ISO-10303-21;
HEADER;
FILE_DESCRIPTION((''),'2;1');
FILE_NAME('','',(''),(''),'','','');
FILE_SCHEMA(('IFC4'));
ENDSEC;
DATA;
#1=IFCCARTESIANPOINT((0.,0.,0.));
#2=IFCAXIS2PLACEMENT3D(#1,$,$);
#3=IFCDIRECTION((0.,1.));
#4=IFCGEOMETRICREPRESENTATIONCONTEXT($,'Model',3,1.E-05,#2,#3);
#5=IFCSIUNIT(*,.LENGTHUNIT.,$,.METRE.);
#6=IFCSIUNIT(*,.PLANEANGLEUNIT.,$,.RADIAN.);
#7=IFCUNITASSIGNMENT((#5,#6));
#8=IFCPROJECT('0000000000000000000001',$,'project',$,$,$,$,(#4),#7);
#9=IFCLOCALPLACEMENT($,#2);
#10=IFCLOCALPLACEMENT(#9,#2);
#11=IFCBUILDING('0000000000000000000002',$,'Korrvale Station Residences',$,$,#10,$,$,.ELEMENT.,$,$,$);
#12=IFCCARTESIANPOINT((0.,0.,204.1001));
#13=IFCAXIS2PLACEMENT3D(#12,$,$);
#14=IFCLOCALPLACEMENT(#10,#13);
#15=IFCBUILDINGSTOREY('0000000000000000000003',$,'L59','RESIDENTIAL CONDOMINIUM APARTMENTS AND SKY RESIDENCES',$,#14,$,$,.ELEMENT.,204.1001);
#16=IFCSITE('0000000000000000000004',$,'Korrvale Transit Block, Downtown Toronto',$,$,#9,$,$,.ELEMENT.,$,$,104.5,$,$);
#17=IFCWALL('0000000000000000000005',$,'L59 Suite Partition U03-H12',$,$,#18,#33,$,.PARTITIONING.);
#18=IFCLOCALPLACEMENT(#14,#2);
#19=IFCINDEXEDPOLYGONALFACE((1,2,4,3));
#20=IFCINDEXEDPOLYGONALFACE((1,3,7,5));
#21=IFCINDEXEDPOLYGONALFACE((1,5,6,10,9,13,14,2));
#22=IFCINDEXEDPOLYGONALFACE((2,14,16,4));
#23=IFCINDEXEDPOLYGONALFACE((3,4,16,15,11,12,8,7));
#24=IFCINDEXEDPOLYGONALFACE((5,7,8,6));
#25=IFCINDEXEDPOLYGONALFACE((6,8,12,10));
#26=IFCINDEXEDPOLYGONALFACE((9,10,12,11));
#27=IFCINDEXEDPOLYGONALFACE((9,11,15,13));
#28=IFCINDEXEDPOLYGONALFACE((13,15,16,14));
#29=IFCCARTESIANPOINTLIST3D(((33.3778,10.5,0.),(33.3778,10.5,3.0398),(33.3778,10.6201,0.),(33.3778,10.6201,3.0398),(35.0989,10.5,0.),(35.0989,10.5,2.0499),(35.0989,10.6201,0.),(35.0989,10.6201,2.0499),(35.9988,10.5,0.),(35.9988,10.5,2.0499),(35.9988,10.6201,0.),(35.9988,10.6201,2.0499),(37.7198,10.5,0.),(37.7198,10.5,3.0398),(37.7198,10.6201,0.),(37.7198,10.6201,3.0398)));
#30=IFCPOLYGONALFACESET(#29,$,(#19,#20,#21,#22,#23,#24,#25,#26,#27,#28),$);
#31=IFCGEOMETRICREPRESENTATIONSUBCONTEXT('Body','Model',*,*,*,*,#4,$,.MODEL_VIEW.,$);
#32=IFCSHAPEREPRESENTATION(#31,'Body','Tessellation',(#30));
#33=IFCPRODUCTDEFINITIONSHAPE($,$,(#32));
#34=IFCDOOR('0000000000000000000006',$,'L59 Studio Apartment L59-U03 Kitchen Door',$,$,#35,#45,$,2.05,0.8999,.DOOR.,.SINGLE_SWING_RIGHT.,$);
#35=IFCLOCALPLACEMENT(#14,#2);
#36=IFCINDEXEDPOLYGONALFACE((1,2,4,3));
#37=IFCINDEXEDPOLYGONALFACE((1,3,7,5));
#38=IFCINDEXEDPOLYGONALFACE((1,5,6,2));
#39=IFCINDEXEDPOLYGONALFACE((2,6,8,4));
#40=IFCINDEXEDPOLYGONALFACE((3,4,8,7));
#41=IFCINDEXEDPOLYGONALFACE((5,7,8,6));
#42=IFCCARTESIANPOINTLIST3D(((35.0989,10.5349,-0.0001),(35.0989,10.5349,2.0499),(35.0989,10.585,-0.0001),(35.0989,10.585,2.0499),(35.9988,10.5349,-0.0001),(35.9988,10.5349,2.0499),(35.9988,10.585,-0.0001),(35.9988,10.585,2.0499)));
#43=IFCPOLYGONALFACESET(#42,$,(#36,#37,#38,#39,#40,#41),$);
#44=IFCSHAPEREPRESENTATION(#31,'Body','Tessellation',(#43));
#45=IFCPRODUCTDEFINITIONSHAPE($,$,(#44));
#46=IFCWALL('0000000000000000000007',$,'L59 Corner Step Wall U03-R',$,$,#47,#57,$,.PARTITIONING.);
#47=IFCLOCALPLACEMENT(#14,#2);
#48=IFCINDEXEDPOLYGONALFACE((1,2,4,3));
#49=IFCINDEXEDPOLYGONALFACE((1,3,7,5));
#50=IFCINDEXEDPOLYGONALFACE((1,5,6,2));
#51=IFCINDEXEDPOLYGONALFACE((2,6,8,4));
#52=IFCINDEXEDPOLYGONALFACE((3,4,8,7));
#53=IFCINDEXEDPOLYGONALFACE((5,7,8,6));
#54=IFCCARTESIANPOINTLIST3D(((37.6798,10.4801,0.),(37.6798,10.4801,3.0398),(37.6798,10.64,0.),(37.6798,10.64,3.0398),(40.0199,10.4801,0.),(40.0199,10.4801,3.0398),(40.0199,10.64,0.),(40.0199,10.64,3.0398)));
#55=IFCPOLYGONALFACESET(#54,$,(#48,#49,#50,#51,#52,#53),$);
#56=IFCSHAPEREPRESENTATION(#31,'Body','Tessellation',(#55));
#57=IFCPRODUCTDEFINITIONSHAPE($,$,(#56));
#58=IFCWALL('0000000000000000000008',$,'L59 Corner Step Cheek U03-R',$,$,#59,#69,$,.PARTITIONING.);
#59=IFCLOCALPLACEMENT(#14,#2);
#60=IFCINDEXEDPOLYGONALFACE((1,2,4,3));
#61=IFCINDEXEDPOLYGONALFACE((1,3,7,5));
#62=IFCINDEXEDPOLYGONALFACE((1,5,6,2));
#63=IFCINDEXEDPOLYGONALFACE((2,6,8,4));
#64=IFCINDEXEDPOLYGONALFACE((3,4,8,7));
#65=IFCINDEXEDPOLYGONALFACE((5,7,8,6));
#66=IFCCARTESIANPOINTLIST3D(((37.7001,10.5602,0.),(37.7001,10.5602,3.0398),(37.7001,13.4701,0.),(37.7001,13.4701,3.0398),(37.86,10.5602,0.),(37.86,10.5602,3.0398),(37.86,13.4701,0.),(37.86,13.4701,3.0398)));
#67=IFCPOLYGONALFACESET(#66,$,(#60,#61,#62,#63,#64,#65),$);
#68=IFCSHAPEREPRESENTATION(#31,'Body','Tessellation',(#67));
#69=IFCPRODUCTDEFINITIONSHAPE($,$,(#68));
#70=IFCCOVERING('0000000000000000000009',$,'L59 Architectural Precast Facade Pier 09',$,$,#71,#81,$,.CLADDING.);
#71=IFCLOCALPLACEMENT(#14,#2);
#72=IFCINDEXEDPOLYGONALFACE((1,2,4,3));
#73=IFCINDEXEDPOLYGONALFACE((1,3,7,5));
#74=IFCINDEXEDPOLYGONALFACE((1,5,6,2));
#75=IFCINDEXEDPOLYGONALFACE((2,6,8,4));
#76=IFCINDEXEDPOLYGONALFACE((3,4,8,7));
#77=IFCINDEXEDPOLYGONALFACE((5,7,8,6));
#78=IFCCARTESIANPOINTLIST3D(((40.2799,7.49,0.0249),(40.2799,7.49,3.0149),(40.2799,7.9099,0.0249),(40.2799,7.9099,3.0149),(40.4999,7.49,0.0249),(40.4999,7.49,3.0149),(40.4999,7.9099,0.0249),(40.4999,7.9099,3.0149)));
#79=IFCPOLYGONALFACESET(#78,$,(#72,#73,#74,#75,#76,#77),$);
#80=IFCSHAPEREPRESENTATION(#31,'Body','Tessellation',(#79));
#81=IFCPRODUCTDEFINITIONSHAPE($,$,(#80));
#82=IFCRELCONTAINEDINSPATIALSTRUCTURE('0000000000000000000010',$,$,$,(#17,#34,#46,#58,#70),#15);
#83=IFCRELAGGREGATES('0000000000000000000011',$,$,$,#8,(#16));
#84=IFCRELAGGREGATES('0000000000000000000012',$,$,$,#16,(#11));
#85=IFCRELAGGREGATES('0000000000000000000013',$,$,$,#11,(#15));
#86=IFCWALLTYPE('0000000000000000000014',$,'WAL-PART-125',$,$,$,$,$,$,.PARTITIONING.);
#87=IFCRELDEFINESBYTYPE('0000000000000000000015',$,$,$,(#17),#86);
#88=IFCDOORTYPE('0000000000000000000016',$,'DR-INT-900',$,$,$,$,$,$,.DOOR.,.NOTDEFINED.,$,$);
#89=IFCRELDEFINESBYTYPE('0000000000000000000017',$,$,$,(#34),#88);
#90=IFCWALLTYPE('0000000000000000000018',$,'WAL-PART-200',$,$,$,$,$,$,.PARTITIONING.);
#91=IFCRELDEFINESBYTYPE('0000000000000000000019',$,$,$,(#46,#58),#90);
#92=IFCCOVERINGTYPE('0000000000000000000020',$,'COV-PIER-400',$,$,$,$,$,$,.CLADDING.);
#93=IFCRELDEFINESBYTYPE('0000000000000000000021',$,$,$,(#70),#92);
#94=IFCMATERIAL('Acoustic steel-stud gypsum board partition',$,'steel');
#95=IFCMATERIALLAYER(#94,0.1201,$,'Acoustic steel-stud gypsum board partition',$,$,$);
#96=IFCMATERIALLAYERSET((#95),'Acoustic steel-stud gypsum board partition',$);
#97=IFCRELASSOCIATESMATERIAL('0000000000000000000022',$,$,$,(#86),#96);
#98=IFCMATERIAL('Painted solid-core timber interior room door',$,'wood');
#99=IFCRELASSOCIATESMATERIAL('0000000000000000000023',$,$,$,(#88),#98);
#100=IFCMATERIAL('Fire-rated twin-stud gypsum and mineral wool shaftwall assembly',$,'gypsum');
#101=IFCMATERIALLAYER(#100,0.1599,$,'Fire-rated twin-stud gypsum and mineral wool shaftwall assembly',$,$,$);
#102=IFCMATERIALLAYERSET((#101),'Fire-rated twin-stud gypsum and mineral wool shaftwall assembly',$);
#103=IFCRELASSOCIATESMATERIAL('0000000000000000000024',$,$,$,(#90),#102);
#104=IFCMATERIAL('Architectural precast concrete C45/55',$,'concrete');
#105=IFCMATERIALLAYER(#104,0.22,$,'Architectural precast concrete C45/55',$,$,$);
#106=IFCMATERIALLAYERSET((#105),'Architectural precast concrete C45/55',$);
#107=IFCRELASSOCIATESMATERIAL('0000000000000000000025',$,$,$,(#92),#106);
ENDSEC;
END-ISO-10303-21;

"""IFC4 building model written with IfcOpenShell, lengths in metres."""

from ifc_helpers import new_model, si_unit, direction, frame, frame_2d, origin, origin_2d, place, context, subcontext, project, spatial, rectangle, extrude, material, layer, layer_set, type_object, element, fill, save


model = new_model("IFC4")

# Units and contexts
model_context = context("Model", 3, precision=1e-05, world=origin(), true_north=direction((0.0, 1.0)))
body_context = subcontext(model_context, "Body", "Model", "MODEL_VIEW")
ifc_project = project(units=[si_unit("LENGTHUNIT", "METRE"), si_unit("PLANEANGLEUNIT", "RADIAN")], contexts=[model_context])

# Site, building, storey
site_placement = place(None, origin())
site = spatial("IfcSite", under=ifc_project, at=site_placement, Name="Korrvale Transit Block, Downtown Toronto", CompositionType="ELEMENT", RefElevation=104.5)
building_placement = place(site_placement, origin())
building = spatial("IfcBuilding", under=site, at=building_placement, Name="Korrvale Station Residences", CompositionType="ELEMENT")
storey_placement = place(building_placement, frame((0.0, 0.0, 204.1001)))
storey = spatial("IfcBuildingStorey", under=building, at=storey_placement, Name="L59", Description="RESIDENTIAL CONDOMINIUM APARTMENTS AND SKY RESIDENCES", CompositionType="ELEMENT", Elevation=204.1001)

# Wall, opening, door
ifc_material_1 = material(Name="Acoustic steel-stud gypsum board partition", Category="steel")
ifc_layer_1 = layer(ifc_material_1, 0.1201, Name="Acoustic steel-stud gypsum board partition")
ifc_layer_set_1 = layer_set([ifc_layer_1], Name="Acoustic steel-stud gypsum board partition")
wall_type_1 = type_object("IfcWallType", Name="WAL-PART-125", PredefinedType="PARTITIONING", material=ifc_layer_set_1)
wall_1_placement = place(storey_placement, frame((33.3779, 10.5601, 0.0), z_axis=(0.0, 0.0, 1.0), x_axis=(1.0, 0.0, 0.0)))
wall_1 = element("IfcWall", 1, at=wall_1_placement, inside=storey, type_object=wall_type_1, Name="L59 Suite Partition U03-H12", PredefinedType="PARTITIONING", context=body_context, shape_type="SweptSolid", body=[
    extrude(rectangle(XDim=4.342, YDim=0.1201, at=frame_2d((2.1709, 0.0))), origin(), (0.0, 0.0, 1.0), 3.0398),
])
opening_1_placement = place(wall_1_placement, frame((1.7209, 0.0, 0.0)))
opening_1 = element("IfcOpeningElement", 2, at=opening_1_placement, cuts=wall_1, PredefinedType="OPENING", context=body_context, shape_type="SweptSolid", body=[
    extrude(rectangle(XDim=0.8999, YDim=2.05, at=frame_2d((0.45, 1.0249))), frame((0.0, 0.0701, 0.0), z_axis=(0.0, -1.0, 0.0), x_axis=(1.0, 0.0, 0.0)), (0.0, 0.0, 1.0), 0.1401),
])
ifc_material_2 = material(Name="Painted solid-core timber interior room door", Category="wood")
door_type_1 = type_object("IfcDoorType", Name="DR-INT-900", OperationType="NOTDEFINED", PredefinedType="DOOR", material=ifc_material_2)
door_1_placement = place(opening_1_placement, origin())
door_1 = element("IfcDoor", 3, at=door_1_placement, inside=storey, type_object=door_type_1, Name="L59 Studio Apartment L59-U03 Kitchen Door", OperationType="SINGLE_SWING_RIGHT", OverallHeight=2.05, OverallWidth=0.8999, PredefinedType="DOOR", context=body_context, shape_type="SweptSolid", body=[
    extrude(rectangle(XDim=0.8999, YDim=2.05, at=frame_2d((0.45, 1.0249))), frame((0.0, 0.0249, 0.0), z_axis=(0.0, -1.0, 0.0), x_axis=(1.0, 0.0, 0.0)), (0.0, 0.0, 1.0), 0.05),
])
fill(opening_1, door_1)

# Walls
ifc_material_3 = material(Name="Fire-rated twin-stud gypsum and mineral wool shaftwall assembly", Category="gypsum")
ifc_layer_2 = layer(ifc_material_3, 0.1599, Name="Fire-rated twin-stud gypsum and mineral wool shaftwall assembly")
ifc_layer_set_2 = layer_set([ifc_layer_2], Name="Fire-rated twin-stud gypsum and mineral wool shaftwall assembly")
wall_type_2 = type_object("IfcWallType", Name="WAL-PART-200", PredefinedType="PARTITIONING", material=ifc_layer_set_2)
wall_2_placement = place(storey_placement, frame((37.6799, 10.5601, 0.0), z_axis=(0.0, 0.0, 1.0), x_axis=(1.0, 0.0, 0.0)))
element("IfcWall", 4, at=wall_2_placement, inside=storey, type_object=wall_type_2, Name="L59 Corner Step Wall U03-R", PredefinedType="PARTITIONING", context=body_context, shape_type="SweptSolid", body=[
    extrude(rectangle(XDim=2.3401, YDim=0.1599, at=frame_2d((1.1699, 0.0))), origin(), (0.0, 0.0, 1.0), 3.0398),
])
wall_3_placement = place(storey_placement, frame((37.78, 10.5601, 0.0), z_axis=(0.0, 0.0, 1.0), x_axis=(0.0, 1.0, 0.0)))
element("IfcWall", 5, at=wall_3_placement, inside=storey, type_object=wall_type_2, Name="L59 Corner Step Cheek U03-R", PredefinedType="PARTITIONING", context=body_context, shape_type="SweptSolid", body=[
    extrude(rectangle(XDim=2.9099, YDim=0.1599, at=frame_2d((1.4551, 0.0))), origin(), (0.0, 0.0, 1.0), 3.0398),
])

# Covering
ifc_material_4 = material(Name="Architectural precast concrete C45/55", Category="concrete")
ifc_layer_3 = layer(ifc_material_4, 0.22, Name="Architectural precast concrete C45/55")
ifc_layer_set_3 = layer_set([ifc_layer_3], Name="Architectural precast concrete C45/55")
covering_type = type_object("IfcCoveringType", Name="COV-PIER-400", PredefinedType="CLADDING", material=ifc_layer_set_3)
covering_placement = place(storey_placement, frame((40.3899, 7.7, 0.0249), z_axis=(0.0, 0.0, 1.0), x_axis=(0.0, 1.0, 0.0)))
element("IfcCovering", 6, at=covering_placement, inside=storey, type_object=covering_type, Name="L59 Architectural Precast Facade Pier 09", PredefinedType="CLADDING", context=body_context, shape_type="SweptSolid", body=[
    extrude(rectangle(XDim=0.4199, YDim=0.22, at=origin_2d()), origin(), (0.0, 0.0, 1.0), 2.99),
])

save(model, "model.ifc")
